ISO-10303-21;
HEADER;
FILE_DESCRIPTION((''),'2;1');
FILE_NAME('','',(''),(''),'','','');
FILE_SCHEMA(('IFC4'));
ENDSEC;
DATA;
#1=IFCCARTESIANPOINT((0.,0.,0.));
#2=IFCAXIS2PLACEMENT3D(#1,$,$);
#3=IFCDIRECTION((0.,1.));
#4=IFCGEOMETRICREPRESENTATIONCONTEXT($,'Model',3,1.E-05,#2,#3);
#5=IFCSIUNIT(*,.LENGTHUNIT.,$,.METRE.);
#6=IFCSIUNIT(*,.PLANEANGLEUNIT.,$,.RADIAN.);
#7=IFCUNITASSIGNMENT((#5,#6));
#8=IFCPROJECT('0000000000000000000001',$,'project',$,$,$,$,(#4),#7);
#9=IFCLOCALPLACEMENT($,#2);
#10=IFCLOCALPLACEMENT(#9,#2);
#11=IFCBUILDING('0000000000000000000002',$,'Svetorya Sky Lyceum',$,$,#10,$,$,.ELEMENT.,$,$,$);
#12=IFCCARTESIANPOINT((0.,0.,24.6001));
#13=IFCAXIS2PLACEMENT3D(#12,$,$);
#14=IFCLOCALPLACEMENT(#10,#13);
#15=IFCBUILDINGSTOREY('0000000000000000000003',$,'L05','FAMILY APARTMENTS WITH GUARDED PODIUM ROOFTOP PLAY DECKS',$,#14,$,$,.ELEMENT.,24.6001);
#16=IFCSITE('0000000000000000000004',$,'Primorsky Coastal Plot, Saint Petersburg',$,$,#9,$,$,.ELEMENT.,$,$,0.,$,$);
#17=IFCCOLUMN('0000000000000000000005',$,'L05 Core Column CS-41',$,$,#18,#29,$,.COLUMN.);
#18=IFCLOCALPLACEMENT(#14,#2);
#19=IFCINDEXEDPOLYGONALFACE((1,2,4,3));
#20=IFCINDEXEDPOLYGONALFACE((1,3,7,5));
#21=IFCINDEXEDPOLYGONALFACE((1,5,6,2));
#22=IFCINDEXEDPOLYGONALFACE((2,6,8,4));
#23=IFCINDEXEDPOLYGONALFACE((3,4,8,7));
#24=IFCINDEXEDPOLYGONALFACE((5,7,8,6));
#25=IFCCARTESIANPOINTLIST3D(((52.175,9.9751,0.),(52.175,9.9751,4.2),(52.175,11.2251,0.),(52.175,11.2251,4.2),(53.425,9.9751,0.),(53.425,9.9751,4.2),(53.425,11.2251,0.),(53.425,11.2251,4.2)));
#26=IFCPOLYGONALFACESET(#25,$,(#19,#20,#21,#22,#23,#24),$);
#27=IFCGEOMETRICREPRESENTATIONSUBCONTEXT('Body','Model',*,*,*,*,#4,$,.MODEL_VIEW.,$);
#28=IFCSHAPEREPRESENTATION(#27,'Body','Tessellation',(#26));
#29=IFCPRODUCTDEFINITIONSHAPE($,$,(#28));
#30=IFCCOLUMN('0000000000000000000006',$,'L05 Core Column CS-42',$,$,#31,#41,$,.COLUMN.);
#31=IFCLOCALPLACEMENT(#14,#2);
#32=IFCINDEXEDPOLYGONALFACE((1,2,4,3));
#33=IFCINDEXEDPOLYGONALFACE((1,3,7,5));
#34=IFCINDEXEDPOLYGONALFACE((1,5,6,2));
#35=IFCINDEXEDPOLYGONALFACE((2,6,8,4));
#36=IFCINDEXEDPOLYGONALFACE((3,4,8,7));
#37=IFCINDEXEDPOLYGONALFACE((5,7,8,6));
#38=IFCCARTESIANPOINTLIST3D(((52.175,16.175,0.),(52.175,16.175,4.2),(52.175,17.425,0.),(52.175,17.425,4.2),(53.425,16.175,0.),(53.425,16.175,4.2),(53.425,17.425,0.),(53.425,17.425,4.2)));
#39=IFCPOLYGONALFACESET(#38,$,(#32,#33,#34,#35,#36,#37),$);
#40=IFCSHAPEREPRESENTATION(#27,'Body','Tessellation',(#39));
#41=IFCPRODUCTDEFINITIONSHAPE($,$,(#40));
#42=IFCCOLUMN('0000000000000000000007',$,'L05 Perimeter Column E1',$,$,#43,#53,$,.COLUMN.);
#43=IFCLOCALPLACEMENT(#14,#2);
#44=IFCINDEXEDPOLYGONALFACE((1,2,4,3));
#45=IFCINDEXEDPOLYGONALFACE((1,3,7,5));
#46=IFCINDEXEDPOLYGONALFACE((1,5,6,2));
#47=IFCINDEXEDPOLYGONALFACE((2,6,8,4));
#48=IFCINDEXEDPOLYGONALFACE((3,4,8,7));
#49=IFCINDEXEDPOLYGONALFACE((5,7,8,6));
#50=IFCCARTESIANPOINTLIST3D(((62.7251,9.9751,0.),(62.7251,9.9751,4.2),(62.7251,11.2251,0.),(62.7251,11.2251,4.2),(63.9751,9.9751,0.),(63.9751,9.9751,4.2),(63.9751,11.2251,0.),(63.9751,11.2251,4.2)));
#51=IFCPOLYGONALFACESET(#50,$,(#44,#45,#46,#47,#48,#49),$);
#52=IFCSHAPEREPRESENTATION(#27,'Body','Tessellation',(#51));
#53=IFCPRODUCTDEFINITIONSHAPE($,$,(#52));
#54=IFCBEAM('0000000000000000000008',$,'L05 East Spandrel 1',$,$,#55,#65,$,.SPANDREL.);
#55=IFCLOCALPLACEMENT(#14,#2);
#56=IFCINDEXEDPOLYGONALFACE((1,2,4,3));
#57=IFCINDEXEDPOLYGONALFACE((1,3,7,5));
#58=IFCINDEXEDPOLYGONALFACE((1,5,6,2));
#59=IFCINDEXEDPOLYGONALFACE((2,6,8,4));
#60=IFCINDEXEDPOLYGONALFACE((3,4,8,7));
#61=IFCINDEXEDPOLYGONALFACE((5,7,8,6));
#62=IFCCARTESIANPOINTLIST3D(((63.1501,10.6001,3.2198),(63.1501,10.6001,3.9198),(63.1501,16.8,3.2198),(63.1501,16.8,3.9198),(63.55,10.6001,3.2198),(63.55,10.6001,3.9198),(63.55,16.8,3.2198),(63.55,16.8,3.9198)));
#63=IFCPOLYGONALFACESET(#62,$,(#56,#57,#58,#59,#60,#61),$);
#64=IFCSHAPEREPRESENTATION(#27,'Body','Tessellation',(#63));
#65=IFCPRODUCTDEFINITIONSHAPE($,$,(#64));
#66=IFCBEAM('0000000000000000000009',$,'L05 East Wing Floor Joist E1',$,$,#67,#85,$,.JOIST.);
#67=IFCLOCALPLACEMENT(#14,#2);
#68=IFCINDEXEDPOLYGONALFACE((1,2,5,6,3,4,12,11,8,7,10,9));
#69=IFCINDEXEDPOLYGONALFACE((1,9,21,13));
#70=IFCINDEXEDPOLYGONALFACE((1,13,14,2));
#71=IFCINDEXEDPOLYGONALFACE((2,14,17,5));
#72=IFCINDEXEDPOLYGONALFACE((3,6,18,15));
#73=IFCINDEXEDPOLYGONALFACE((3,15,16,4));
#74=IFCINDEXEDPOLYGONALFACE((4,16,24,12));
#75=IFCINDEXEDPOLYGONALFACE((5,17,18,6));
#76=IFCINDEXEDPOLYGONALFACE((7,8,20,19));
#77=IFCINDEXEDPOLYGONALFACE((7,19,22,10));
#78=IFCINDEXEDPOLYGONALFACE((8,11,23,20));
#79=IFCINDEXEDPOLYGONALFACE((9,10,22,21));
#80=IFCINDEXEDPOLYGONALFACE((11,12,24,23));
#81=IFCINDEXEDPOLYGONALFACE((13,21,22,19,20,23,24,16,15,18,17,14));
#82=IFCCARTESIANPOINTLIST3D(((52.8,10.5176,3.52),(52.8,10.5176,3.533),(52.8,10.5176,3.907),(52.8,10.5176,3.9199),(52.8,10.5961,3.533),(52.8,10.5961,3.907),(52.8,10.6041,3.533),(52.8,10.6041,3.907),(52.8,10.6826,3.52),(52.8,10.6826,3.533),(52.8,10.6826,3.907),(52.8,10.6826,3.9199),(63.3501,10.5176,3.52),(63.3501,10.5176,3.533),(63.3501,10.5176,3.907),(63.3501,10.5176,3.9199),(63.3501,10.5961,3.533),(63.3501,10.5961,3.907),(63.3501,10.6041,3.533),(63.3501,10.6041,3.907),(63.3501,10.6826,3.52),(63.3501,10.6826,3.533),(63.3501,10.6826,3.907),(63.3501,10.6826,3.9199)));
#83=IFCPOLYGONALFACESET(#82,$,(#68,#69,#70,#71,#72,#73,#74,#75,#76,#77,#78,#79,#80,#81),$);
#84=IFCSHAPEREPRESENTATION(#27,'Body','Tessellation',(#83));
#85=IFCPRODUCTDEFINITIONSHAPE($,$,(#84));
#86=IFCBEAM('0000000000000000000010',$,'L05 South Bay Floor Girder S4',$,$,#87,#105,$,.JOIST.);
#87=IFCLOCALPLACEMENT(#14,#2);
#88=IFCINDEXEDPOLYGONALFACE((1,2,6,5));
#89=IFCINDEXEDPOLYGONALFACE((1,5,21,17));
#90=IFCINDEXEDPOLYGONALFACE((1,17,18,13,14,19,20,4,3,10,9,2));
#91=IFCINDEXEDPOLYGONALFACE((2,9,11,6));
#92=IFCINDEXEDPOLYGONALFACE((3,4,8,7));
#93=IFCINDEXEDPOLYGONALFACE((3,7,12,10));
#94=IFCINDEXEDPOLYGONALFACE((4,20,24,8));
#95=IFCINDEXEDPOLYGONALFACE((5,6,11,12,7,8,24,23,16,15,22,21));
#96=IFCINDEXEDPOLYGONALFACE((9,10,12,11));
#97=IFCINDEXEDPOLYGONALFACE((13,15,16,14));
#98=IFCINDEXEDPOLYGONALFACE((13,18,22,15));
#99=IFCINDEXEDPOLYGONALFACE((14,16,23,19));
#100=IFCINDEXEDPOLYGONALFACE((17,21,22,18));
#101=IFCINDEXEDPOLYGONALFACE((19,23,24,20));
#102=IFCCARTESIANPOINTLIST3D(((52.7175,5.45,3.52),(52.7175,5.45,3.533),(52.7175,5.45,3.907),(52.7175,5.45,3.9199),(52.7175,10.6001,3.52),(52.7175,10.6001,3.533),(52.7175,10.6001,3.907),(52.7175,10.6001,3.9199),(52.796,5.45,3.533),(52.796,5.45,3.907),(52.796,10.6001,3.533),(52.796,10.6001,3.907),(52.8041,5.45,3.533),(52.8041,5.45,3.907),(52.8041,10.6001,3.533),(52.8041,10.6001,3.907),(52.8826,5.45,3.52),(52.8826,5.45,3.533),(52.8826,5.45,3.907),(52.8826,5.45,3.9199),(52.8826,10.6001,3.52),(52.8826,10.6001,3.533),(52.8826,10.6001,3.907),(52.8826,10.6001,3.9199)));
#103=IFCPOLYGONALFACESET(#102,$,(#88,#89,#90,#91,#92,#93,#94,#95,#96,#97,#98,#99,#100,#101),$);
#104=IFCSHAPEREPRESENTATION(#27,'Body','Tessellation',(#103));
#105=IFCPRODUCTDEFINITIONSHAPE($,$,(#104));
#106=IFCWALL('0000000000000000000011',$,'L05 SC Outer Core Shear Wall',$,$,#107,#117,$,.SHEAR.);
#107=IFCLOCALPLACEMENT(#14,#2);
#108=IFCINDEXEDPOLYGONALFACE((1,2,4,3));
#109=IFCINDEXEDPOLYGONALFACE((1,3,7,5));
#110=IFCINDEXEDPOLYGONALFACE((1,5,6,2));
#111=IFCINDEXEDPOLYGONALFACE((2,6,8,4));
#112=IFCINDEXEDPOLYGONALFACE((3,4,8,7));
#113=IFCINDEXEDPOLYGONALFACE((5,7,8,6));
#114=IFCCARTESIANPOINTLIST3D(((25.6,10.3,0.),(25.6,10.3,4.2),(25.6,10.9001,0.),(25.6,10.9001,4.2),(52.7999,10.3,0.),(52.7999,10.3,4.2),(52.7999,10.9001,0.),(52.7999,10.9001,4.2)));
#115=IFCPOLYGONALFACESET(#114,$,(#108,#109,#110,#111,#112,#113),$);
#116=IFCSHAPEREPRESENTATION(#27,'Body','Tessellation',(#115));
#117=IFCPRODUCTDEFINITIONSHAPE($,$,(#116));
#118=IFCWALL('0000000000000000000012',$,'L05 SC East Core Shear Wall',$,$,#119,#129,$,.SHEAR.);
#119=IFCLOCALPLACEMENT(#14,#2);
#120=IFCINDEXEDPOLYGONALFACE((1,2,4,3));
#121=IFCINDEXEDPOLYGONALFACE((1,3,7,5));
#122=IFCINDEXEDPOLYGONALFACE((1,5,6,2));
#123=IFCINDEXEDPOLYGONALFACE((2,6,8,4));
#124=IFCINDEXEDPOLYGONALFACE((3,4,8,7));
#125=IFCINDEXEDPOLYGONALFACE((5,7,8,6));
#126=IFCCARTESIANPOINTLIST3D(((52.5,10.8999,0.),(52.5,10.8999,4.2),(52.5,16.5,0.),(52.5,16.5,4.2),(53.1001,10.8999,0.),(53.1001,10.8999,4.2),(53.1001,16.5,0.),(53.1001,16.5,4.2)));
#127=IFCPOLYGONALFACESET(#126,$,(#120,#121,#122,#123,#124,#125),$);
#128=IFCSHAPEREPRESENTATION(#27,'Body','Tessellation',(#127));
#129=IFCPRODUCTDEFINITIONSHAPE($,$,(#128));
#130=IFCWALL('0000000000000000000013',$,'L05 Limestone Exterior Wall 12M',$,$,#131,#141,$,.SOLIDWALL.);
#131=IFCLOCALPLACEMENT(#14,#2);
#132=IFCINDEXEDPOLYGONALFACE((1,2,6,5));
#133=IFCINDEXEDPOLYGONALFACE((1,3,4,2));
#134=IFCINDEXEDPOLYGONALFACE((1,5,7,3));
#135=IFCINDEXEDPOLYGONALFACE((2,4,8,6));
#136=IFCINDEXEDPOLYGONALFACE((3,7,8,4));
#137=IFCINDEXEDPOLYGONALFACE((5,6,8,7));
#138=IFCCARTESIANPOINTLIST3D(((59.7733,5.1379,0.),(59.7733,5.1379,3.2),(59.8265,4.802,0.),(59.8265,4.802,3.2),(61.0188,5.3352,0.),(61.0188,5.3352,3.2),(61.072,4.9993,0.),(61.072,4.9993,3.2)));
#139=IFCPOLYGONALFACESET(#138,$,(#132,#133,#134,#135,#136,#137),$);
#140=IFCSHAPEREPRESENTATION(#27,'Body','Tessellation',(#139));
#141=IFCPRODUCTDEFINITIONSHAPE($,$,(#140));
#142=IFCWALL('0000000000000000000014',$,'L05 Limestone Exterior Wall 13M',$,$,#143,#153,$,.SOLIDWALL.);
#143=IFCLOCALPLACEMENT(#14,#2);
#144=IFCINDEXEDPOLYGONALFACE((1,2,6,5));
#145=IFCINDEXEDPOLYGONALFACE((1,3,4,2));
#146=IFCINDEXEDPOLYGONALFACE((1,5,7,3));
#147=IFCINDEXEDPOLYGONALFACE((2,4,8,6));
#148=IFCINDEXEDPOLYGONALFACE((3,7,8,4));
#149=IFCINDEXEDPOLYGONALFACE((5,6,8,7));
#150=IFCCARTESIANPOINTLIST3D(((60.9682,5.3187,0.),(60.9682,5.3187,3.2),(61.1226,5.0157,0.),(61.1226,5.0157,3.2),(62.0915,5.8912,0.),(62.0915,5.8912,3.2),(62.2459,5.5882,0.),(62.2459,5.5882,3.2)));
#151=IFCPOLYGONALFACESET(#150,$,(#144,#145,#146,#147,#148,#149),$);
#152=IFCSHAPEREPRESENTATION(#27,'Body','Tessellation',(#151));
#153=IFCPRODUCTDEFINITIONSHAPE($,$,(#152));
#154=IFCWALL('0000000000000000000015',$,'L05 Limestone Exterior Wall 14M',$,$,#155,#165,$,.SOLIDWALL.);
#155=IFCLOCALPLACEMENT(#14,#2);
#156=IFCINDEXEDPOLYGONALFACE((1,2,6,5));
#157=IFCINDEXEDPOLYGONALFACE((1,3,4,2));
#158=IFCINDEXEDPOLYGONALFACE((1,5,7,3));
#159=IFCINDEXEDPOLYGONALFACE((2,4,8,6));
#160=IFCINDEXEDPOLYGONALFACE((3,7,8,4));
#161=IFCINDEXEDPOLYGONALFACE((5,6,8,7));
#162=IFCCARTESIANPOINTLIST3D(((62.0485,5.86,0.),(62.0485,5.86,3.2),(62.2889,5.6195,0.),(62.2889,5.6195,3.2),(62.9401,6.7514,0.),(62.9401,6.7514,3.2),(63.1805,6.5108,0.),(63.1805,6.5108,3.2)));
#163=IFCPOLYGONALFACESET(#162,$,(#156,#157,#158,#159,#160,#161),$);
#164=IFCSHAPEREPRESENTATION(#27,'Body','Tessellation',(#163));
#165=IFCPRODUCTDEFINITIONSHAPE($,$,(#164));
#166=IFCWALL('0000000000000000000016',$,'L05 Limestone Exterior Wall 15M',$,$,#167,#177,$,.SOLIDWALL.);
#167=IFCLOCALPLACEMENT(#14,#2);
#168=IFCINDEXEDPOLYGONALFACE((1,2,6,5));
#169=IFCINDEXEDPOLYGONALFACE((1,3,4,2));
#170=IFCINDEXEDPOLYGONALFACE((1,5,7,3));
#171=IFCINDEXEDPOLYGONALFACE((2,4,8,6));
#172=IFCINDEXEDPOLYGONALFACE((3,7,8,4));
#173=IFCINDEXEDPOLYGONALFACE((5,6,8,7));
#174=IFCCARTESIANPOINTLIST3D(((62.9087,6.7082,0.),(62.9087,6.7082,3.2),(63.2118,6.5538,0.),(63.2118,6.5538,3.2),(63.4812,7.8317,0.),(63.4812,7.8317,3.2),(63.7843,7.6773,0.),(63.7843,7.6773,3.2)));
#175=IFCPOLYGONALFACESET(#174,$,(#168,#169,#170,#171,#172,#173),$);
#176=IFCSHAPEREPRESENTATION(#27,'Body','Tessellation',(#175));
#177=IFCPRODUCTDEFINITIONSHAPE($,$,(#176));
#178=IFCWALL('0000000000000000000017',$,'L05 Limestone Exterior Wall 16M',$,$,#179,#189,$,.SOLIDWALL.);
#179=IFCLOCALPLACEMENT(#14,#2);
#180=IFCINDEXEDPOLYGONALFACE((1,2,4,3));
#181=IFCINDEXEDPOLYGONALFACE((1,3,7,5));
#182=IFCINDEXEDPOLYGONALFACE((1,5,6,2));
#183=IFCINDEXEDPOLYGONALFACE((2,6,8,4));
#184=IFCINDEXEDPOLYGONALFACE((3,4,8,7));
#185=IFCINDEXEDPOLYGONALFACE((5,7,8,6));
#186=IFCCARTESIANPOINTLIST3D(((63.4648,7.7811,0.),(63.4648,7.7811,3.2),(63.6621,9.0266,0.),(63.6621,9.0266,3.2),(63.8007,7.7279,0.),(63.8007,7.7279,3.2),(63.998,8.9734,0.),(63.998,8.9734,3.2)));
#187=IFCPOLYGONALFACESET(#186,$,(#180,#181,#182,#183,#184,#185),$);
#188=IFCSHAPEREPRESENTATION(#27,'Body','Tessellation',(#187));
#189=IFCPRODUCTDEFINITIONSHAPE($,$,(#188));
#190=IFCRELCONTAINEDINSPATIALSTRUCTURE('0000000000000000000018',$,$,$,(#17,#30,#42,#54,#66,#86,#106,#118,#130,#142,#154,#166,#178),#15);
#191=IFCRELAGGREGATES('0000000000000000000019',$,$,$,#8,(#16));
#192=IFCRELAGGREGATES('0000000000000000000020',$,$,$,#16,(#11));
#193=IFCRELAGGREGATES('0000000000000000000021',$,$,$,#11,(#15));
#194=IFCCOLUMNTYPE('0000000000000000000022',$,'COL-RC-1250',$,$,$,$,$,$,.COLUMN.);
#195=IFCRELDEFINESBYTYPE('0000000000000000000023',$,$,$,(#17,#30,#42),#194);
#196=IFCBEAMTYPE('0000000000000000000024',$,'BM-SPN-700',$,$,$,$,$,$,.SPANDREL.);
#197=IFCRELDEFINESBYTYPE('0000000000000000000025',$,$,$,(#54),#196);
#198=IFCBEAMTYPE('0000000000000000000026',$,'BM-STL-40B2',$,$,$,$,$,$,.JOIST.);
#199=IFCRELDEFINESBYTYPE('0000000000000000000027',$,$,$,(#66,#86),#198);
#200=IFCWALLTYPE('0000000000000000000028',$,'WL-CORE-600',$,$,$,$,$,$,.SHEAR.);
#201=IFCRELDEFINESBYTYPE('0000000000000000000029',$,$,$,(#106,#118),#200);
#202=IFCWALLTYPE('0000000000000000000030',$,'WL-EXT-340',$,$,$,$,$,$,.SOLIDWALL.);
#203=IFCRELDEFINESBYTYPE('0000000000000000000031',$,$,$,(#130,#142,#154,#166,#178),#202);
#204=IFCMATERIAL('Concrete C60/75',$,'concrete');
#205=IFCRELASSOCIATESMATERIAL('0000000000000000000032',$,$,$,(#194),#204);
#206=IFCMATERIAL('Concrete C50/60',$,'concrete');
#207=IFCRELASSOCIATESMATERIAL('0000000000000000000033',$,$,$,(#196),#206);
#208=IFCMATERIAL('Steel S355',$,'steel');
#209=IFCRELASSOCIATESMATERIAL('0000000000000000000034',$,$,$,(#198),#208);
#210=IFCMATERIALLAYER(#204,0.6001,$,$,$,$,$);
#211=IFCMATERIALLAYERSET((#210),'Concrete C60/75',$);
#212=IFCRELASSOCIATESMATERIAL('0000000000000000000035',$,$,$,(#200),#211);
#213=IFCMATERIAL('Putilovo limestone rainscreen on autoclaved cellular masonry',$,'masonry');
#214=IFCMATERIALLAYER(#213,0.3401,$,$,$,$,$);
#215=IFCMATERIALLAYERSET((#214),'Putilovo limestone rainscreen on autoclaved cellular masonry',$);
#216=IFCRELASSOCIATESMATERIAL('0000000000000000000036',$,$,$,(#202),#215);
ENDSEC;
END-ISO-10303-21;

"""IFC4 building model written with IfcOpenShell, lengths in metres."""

from ifc_helpers import new_model, si_unit, direction, frame, frame_2d, origin, origin_2d, place, context, subcontext, project, spatial, rectangle, i_section, extrude, material, layer, layer_set, material_profile, profile_set, type_object, element, save


model = new_model("IFC4")

# Units and contexts
model_context = context("Model", 3, precision=1e-05, world=origin(), true_north=direction((0.0, 1.0)))
body_context = subcontext(model_context, "Body", "Model", "MODEL_VIEW")
ifc_project = project(units=[si_unit("LENGTHUNIT", "METRE"), si_unit("PLANEANGLEUNIT", "RADIAN")], contexts=[model_context])

# Site, building, storey
site_placement = place(None, origin())
site = spatial("IfcSite", under=ifc_project, at=site_placement, Name="Primorsky Coastal Plot, Saint Petersburg", CompositionType="ELEMENT", RefElevation=0.0)
building_placement = place(site_placement, origin())
building = spatial("IfcBuilding", under=site, at=building_placement, Name="Svetorya Sky Lyceum", CompositionType="ELEMENT")
storey_placement = place(building_placement, frame((0.0, 0.0, 24.6001)))
storey = spatial("IfcBuildingStorey", under=building, at=storey_placement, Name="L05", Description="FAMILY APARTMENTS WITH GUARDED PODIUM ROOFTOP PLAY DECKS", CompositionType="ELEMENT", Elevation=24.6001)

# Columns
ifc_material_1 = material(Name="Concrete C60/75", Category="concrete")
ifc_material_profile_1 = material_profile(ifc_material_1, rectangle(XDim=1.25, YDim=1.25, at=origin_2d()), Name="RC COL 1250x1250")
ifc_profile_set_1 = profile_set([ifc_material_profile_1], Name="Concrete C60/75")
column_type = type_object("IfcColumnType", Name="COL-RC-1250", PredefinedType="COLUMN", material=ifc_profile_set_1)
for number, where, z_axis, x_axis, name in (
    (1, (52.8, 10.6001, 0.0), (0.0, 0.0, 1.0), (1.0, 0.0, 0.0), "L05 Core Column CS-41"),
    (2, (52.8, 16.8, 0.0), (0.0, 0.0, 1.0), (1.0, 0.0, 0.0), "L05 Core Column CS-42"),
    (3, (63.3501, 10.6001, 0.0), (0.0, 0.0, 1.0), (1.0, 0.0, 0.0), "L05 Perimeter Column E1"),
):
    element("IfcColumn", number, at=place(storey_placement, frame(where, z_axis=z_axis, x_axis=x_axis)), inside=storey, type_object=column_type, Name=name, PredefinedType="COLUMN", context=body_context, shape_type="SweptSolid", body=[
        extrude(rectangle(XDim=1.25, YDim=1.25, at=origin_2d()), origin(), (0.0, 0.0, 1.0), 4.2),
    ])

# Beams
ifc_material_2 = material(Name="Concrete C50/60", Category="concrete")
ifc_material_profile_2 = material_profile(ifc_material_2, rectangle(XDim=0.3999, YDim=0.7, at=origin_2d()), Name="RC SPANDREL 400x700")
ifc_profile_set_2 = profile_set([ifc_material_profile_2], Name="Concrete C50/60")
beam_type_1 = type_object("IfcBeamType", Name="BM-SPN-700", PredefinedType="SPANDREL", material=ifc_profile_set_2)
beam_1_placement = place(storey_placement, frame((63.3501, 10.6001, 3.5698), z_axis=(0.0, 1.0, 0.0), x_axis=(-1.0, 0.0, 0.0)))
element("IfcBeam", 4, at=beam_1_placement, inside=storey, type_object=beam_type_1, Name="L05 East Spandrel 1", PredefinedType="SPANDREL", context=body_context, shape_type="SweptSolid", body=[
    extrude(rectangle(XDim=0.3999, YDim=0.7, at=origin_2d()), origin(), (0.0, 0.0, 1.0), 6.2),
])
ifc_material_3 = material(Name="Steel S355", Category="steel")
ifc_material_profile_3 = material_profile(ifc_material_3, i_section(OverallWidth=0.165, OverallDepth=0.3999, WebThickness=0.0081, FlangeThickness=0.0129, at=origin_2d()), Name="GOST 40B2")
ifc_profile_set_3 = profile_set([ifc_material_profile_3], Name="Steel S355")
beam_type_2 = type_object("IfcBeamType", Name="BM-STL-40B2", PredefinedType="JOIST", material=ifc_profile_set_3)
beam_2_placement = place(storey_placement, frame((52.8, 10.6001, 3.72), z_axis=(1.0, 0.0, 0.0), x_axis=(0.0, 1.0, 0.0)))
element("IfcBeam", 5, at=beam_2_placement, inside=storey, type_object=beam_type_2, Name="L05 East Wing Floor Joist E1", PredefinedType="JOIST", context=body_context, shape_type="SweptSolid", body=[
    extrude(i_section(OverallWidth=0.165, OverallDepth=0.3999, WebThickness=0.0081, FlangeThickness=0.0129, at=origin_2d()), origin(), (0.0, 0.0, 1.0), 10.55),
])
beam_3_placement = place(storey_placement, frame((52.8, 5.45, 3.72), z_axis=(0.0, 1.0, 0.0), x_axis=(-1.0, 0.0, 0.0)))
element("IfcBeam", 6, at=beam_3_placement, inside=storey, type_object=beam_type_2, Name="L05 South Bay Floor Girder S4", PredefinedType="JOIST", context=body_context, shape_type="SweptSolid", body=[
    extrude(i_section(OverallWidth=0.165, OverallDepth=0.3999, WebThickness=0.0081, FlangeThickness=0.0129, at=origin_2d()), origin(), (0.0, 0.0, 1.0), 5.1501),
])

# Walls
ifc_layer_1 = layer(ifc_material_1, 0.6001)
ifc_layer_set_1 = layer_set([ifc_layer_1], Name="Concrete C60/75")
wall_type_1 = type_object("IfcWallType", Name="WL-CORE-600", PredefinedType="SHEAR", material=ifc_layer_set_1)
wall_1_placement = place(storey_placement, frame((52.8, 10.6001, 0.0), z_axis=(0.0, 0.0, 1.0), x_axis=(-1.0, 0.0, 0.0)))
element("IfcWall", 7, at=wall_1_placement, inside=storey, type_object=wall_type_1, Name="L05 SC Outer Core Shear Wall", PredefinedType="SHEAR", context=body_context, shape_type="SweptSolid", body=[
    extrude(rectangle(XDim=27.2, YDim=0.6001, at=frame_2d((13.6001, 0.0))), origin(), (0.0, 0.0, 1.0), 4.2),
])
wall_2_placement = place(storey_placement, frame((52.8, 10.8999, 0.0), z_axis=(0.0, 0.0, 1.0), x_axis=(0.0, 1.0, 0.0)))
element("IfcWall", 8, at=wall_2_placement, inside=storey, type_object=wall_type_1, Name="L05 SC East Core Shear Wall", PredefinedType="SHEAR", context=body_context, shape_type="SweptSolid", body=[
    extrude(rectangle(XDim=5.6001, YDim=0.6001, at=frame_2d((2.8, 0.0))), origin(), (0.0, 0.0, 1.0), 4.2),
])
ifc_material_4 = material(Name="Putilovo limestone rainscreen on autoclaved cellular masonry", Category="masonry")
ifc_layer_2 = layer(ifc_material_4, 0.3401)
ifc_layer_set_2 = layer_set([ifc_layer_2], Name="Putilovo limestone rainscreen on autoclaved cellular masonry")
wall_type_2 = type_object("IfcWallType", Name="WL-EXT-340", PredefinedType="SOLIDWALL", material=ifc_layer_set_2)
wall_3_placement = place(storey_placement, frame((59.8, 4.97, 0.0), z_axis=(0.0, 0.0, 1.0), x_axis=(0.987686, 0.15645, 0.0)))
element("IfcWall", 9, at=wall_3_placement, inside=storey, type_object=wall_type_2, Name="L05 Limestone Exterior Wall 12M", PredefinedType="SOLIDWALL", context=body_context, shape_type="SweptSolid", body=[
    extrude(rectangle(XDim=1.261, YDim=0.3401, at=frame_2d((0.6304, 0.0))), origin(), (0.0, 0.0, 1.0), 3.2),
])
for number, where, z_axis, x_axis, name in (
    (10, (61.0454, 5.1672, 0.0), (0.0, 0.0, 1.0), (0.890954, 0.454094, 0.0), "L05 Limestone Exterior Wall 13M"),
    (11, (62.1687, 5.7397, 0.0), (0.0, 0.0, 1.0), (0.707204, 0.70701, 0.0), "L05 Limestone Exterior Wall 14M"),
):
    element("IfcWall", number, at=place(storey_placement, frame(where, z_axis=z_axis, x_axis=x_axis)), inside=storey, type_object=wall_type_2, Name=name, PredefinedType="SOLIDWALL", context=body_context, shape_type="SweptSolid", body=[
        extrude(rectangle(XDim=1.2607, YDim=0.3401, at=frame_2d((0.6304, 0.0))), origin(), (0.0, 0.0, 1.0), 3.2),
    ])
for number, where, z_axis, x_axis, name in (
    (12, (63.0603, 6.6311, 0.0), (0.0, 0.0, 1.0), (0.454016, 0.890994, 0.0), "L05 Limestone Exterior Wall 15M"),
    (13, (63.6328, 7.7546, 0.0), (0.0, 0.0, 1.0), (0.15645, 0.987686, 0.0), "L05 Limestone Exterior Wall 16M"),
):
    element("IfcWall", number, at=place(storey_placement, frame(where, z_axis=z_axis, x_axis=x_axis)), inside=storey, type_object=wall_type_2, Name=name, PredefinedType="SOLIDWALL", context=body_context, shape_type="SweptSolid", body=[
        extrude(rectangle(XDim=1.261, YDim=0.3401, at=frame_2d((0.6304, 0.0))), origin(), (0.0, 0.0, 1.0), 3.2),
    ])

save(model, "model.ifc")
